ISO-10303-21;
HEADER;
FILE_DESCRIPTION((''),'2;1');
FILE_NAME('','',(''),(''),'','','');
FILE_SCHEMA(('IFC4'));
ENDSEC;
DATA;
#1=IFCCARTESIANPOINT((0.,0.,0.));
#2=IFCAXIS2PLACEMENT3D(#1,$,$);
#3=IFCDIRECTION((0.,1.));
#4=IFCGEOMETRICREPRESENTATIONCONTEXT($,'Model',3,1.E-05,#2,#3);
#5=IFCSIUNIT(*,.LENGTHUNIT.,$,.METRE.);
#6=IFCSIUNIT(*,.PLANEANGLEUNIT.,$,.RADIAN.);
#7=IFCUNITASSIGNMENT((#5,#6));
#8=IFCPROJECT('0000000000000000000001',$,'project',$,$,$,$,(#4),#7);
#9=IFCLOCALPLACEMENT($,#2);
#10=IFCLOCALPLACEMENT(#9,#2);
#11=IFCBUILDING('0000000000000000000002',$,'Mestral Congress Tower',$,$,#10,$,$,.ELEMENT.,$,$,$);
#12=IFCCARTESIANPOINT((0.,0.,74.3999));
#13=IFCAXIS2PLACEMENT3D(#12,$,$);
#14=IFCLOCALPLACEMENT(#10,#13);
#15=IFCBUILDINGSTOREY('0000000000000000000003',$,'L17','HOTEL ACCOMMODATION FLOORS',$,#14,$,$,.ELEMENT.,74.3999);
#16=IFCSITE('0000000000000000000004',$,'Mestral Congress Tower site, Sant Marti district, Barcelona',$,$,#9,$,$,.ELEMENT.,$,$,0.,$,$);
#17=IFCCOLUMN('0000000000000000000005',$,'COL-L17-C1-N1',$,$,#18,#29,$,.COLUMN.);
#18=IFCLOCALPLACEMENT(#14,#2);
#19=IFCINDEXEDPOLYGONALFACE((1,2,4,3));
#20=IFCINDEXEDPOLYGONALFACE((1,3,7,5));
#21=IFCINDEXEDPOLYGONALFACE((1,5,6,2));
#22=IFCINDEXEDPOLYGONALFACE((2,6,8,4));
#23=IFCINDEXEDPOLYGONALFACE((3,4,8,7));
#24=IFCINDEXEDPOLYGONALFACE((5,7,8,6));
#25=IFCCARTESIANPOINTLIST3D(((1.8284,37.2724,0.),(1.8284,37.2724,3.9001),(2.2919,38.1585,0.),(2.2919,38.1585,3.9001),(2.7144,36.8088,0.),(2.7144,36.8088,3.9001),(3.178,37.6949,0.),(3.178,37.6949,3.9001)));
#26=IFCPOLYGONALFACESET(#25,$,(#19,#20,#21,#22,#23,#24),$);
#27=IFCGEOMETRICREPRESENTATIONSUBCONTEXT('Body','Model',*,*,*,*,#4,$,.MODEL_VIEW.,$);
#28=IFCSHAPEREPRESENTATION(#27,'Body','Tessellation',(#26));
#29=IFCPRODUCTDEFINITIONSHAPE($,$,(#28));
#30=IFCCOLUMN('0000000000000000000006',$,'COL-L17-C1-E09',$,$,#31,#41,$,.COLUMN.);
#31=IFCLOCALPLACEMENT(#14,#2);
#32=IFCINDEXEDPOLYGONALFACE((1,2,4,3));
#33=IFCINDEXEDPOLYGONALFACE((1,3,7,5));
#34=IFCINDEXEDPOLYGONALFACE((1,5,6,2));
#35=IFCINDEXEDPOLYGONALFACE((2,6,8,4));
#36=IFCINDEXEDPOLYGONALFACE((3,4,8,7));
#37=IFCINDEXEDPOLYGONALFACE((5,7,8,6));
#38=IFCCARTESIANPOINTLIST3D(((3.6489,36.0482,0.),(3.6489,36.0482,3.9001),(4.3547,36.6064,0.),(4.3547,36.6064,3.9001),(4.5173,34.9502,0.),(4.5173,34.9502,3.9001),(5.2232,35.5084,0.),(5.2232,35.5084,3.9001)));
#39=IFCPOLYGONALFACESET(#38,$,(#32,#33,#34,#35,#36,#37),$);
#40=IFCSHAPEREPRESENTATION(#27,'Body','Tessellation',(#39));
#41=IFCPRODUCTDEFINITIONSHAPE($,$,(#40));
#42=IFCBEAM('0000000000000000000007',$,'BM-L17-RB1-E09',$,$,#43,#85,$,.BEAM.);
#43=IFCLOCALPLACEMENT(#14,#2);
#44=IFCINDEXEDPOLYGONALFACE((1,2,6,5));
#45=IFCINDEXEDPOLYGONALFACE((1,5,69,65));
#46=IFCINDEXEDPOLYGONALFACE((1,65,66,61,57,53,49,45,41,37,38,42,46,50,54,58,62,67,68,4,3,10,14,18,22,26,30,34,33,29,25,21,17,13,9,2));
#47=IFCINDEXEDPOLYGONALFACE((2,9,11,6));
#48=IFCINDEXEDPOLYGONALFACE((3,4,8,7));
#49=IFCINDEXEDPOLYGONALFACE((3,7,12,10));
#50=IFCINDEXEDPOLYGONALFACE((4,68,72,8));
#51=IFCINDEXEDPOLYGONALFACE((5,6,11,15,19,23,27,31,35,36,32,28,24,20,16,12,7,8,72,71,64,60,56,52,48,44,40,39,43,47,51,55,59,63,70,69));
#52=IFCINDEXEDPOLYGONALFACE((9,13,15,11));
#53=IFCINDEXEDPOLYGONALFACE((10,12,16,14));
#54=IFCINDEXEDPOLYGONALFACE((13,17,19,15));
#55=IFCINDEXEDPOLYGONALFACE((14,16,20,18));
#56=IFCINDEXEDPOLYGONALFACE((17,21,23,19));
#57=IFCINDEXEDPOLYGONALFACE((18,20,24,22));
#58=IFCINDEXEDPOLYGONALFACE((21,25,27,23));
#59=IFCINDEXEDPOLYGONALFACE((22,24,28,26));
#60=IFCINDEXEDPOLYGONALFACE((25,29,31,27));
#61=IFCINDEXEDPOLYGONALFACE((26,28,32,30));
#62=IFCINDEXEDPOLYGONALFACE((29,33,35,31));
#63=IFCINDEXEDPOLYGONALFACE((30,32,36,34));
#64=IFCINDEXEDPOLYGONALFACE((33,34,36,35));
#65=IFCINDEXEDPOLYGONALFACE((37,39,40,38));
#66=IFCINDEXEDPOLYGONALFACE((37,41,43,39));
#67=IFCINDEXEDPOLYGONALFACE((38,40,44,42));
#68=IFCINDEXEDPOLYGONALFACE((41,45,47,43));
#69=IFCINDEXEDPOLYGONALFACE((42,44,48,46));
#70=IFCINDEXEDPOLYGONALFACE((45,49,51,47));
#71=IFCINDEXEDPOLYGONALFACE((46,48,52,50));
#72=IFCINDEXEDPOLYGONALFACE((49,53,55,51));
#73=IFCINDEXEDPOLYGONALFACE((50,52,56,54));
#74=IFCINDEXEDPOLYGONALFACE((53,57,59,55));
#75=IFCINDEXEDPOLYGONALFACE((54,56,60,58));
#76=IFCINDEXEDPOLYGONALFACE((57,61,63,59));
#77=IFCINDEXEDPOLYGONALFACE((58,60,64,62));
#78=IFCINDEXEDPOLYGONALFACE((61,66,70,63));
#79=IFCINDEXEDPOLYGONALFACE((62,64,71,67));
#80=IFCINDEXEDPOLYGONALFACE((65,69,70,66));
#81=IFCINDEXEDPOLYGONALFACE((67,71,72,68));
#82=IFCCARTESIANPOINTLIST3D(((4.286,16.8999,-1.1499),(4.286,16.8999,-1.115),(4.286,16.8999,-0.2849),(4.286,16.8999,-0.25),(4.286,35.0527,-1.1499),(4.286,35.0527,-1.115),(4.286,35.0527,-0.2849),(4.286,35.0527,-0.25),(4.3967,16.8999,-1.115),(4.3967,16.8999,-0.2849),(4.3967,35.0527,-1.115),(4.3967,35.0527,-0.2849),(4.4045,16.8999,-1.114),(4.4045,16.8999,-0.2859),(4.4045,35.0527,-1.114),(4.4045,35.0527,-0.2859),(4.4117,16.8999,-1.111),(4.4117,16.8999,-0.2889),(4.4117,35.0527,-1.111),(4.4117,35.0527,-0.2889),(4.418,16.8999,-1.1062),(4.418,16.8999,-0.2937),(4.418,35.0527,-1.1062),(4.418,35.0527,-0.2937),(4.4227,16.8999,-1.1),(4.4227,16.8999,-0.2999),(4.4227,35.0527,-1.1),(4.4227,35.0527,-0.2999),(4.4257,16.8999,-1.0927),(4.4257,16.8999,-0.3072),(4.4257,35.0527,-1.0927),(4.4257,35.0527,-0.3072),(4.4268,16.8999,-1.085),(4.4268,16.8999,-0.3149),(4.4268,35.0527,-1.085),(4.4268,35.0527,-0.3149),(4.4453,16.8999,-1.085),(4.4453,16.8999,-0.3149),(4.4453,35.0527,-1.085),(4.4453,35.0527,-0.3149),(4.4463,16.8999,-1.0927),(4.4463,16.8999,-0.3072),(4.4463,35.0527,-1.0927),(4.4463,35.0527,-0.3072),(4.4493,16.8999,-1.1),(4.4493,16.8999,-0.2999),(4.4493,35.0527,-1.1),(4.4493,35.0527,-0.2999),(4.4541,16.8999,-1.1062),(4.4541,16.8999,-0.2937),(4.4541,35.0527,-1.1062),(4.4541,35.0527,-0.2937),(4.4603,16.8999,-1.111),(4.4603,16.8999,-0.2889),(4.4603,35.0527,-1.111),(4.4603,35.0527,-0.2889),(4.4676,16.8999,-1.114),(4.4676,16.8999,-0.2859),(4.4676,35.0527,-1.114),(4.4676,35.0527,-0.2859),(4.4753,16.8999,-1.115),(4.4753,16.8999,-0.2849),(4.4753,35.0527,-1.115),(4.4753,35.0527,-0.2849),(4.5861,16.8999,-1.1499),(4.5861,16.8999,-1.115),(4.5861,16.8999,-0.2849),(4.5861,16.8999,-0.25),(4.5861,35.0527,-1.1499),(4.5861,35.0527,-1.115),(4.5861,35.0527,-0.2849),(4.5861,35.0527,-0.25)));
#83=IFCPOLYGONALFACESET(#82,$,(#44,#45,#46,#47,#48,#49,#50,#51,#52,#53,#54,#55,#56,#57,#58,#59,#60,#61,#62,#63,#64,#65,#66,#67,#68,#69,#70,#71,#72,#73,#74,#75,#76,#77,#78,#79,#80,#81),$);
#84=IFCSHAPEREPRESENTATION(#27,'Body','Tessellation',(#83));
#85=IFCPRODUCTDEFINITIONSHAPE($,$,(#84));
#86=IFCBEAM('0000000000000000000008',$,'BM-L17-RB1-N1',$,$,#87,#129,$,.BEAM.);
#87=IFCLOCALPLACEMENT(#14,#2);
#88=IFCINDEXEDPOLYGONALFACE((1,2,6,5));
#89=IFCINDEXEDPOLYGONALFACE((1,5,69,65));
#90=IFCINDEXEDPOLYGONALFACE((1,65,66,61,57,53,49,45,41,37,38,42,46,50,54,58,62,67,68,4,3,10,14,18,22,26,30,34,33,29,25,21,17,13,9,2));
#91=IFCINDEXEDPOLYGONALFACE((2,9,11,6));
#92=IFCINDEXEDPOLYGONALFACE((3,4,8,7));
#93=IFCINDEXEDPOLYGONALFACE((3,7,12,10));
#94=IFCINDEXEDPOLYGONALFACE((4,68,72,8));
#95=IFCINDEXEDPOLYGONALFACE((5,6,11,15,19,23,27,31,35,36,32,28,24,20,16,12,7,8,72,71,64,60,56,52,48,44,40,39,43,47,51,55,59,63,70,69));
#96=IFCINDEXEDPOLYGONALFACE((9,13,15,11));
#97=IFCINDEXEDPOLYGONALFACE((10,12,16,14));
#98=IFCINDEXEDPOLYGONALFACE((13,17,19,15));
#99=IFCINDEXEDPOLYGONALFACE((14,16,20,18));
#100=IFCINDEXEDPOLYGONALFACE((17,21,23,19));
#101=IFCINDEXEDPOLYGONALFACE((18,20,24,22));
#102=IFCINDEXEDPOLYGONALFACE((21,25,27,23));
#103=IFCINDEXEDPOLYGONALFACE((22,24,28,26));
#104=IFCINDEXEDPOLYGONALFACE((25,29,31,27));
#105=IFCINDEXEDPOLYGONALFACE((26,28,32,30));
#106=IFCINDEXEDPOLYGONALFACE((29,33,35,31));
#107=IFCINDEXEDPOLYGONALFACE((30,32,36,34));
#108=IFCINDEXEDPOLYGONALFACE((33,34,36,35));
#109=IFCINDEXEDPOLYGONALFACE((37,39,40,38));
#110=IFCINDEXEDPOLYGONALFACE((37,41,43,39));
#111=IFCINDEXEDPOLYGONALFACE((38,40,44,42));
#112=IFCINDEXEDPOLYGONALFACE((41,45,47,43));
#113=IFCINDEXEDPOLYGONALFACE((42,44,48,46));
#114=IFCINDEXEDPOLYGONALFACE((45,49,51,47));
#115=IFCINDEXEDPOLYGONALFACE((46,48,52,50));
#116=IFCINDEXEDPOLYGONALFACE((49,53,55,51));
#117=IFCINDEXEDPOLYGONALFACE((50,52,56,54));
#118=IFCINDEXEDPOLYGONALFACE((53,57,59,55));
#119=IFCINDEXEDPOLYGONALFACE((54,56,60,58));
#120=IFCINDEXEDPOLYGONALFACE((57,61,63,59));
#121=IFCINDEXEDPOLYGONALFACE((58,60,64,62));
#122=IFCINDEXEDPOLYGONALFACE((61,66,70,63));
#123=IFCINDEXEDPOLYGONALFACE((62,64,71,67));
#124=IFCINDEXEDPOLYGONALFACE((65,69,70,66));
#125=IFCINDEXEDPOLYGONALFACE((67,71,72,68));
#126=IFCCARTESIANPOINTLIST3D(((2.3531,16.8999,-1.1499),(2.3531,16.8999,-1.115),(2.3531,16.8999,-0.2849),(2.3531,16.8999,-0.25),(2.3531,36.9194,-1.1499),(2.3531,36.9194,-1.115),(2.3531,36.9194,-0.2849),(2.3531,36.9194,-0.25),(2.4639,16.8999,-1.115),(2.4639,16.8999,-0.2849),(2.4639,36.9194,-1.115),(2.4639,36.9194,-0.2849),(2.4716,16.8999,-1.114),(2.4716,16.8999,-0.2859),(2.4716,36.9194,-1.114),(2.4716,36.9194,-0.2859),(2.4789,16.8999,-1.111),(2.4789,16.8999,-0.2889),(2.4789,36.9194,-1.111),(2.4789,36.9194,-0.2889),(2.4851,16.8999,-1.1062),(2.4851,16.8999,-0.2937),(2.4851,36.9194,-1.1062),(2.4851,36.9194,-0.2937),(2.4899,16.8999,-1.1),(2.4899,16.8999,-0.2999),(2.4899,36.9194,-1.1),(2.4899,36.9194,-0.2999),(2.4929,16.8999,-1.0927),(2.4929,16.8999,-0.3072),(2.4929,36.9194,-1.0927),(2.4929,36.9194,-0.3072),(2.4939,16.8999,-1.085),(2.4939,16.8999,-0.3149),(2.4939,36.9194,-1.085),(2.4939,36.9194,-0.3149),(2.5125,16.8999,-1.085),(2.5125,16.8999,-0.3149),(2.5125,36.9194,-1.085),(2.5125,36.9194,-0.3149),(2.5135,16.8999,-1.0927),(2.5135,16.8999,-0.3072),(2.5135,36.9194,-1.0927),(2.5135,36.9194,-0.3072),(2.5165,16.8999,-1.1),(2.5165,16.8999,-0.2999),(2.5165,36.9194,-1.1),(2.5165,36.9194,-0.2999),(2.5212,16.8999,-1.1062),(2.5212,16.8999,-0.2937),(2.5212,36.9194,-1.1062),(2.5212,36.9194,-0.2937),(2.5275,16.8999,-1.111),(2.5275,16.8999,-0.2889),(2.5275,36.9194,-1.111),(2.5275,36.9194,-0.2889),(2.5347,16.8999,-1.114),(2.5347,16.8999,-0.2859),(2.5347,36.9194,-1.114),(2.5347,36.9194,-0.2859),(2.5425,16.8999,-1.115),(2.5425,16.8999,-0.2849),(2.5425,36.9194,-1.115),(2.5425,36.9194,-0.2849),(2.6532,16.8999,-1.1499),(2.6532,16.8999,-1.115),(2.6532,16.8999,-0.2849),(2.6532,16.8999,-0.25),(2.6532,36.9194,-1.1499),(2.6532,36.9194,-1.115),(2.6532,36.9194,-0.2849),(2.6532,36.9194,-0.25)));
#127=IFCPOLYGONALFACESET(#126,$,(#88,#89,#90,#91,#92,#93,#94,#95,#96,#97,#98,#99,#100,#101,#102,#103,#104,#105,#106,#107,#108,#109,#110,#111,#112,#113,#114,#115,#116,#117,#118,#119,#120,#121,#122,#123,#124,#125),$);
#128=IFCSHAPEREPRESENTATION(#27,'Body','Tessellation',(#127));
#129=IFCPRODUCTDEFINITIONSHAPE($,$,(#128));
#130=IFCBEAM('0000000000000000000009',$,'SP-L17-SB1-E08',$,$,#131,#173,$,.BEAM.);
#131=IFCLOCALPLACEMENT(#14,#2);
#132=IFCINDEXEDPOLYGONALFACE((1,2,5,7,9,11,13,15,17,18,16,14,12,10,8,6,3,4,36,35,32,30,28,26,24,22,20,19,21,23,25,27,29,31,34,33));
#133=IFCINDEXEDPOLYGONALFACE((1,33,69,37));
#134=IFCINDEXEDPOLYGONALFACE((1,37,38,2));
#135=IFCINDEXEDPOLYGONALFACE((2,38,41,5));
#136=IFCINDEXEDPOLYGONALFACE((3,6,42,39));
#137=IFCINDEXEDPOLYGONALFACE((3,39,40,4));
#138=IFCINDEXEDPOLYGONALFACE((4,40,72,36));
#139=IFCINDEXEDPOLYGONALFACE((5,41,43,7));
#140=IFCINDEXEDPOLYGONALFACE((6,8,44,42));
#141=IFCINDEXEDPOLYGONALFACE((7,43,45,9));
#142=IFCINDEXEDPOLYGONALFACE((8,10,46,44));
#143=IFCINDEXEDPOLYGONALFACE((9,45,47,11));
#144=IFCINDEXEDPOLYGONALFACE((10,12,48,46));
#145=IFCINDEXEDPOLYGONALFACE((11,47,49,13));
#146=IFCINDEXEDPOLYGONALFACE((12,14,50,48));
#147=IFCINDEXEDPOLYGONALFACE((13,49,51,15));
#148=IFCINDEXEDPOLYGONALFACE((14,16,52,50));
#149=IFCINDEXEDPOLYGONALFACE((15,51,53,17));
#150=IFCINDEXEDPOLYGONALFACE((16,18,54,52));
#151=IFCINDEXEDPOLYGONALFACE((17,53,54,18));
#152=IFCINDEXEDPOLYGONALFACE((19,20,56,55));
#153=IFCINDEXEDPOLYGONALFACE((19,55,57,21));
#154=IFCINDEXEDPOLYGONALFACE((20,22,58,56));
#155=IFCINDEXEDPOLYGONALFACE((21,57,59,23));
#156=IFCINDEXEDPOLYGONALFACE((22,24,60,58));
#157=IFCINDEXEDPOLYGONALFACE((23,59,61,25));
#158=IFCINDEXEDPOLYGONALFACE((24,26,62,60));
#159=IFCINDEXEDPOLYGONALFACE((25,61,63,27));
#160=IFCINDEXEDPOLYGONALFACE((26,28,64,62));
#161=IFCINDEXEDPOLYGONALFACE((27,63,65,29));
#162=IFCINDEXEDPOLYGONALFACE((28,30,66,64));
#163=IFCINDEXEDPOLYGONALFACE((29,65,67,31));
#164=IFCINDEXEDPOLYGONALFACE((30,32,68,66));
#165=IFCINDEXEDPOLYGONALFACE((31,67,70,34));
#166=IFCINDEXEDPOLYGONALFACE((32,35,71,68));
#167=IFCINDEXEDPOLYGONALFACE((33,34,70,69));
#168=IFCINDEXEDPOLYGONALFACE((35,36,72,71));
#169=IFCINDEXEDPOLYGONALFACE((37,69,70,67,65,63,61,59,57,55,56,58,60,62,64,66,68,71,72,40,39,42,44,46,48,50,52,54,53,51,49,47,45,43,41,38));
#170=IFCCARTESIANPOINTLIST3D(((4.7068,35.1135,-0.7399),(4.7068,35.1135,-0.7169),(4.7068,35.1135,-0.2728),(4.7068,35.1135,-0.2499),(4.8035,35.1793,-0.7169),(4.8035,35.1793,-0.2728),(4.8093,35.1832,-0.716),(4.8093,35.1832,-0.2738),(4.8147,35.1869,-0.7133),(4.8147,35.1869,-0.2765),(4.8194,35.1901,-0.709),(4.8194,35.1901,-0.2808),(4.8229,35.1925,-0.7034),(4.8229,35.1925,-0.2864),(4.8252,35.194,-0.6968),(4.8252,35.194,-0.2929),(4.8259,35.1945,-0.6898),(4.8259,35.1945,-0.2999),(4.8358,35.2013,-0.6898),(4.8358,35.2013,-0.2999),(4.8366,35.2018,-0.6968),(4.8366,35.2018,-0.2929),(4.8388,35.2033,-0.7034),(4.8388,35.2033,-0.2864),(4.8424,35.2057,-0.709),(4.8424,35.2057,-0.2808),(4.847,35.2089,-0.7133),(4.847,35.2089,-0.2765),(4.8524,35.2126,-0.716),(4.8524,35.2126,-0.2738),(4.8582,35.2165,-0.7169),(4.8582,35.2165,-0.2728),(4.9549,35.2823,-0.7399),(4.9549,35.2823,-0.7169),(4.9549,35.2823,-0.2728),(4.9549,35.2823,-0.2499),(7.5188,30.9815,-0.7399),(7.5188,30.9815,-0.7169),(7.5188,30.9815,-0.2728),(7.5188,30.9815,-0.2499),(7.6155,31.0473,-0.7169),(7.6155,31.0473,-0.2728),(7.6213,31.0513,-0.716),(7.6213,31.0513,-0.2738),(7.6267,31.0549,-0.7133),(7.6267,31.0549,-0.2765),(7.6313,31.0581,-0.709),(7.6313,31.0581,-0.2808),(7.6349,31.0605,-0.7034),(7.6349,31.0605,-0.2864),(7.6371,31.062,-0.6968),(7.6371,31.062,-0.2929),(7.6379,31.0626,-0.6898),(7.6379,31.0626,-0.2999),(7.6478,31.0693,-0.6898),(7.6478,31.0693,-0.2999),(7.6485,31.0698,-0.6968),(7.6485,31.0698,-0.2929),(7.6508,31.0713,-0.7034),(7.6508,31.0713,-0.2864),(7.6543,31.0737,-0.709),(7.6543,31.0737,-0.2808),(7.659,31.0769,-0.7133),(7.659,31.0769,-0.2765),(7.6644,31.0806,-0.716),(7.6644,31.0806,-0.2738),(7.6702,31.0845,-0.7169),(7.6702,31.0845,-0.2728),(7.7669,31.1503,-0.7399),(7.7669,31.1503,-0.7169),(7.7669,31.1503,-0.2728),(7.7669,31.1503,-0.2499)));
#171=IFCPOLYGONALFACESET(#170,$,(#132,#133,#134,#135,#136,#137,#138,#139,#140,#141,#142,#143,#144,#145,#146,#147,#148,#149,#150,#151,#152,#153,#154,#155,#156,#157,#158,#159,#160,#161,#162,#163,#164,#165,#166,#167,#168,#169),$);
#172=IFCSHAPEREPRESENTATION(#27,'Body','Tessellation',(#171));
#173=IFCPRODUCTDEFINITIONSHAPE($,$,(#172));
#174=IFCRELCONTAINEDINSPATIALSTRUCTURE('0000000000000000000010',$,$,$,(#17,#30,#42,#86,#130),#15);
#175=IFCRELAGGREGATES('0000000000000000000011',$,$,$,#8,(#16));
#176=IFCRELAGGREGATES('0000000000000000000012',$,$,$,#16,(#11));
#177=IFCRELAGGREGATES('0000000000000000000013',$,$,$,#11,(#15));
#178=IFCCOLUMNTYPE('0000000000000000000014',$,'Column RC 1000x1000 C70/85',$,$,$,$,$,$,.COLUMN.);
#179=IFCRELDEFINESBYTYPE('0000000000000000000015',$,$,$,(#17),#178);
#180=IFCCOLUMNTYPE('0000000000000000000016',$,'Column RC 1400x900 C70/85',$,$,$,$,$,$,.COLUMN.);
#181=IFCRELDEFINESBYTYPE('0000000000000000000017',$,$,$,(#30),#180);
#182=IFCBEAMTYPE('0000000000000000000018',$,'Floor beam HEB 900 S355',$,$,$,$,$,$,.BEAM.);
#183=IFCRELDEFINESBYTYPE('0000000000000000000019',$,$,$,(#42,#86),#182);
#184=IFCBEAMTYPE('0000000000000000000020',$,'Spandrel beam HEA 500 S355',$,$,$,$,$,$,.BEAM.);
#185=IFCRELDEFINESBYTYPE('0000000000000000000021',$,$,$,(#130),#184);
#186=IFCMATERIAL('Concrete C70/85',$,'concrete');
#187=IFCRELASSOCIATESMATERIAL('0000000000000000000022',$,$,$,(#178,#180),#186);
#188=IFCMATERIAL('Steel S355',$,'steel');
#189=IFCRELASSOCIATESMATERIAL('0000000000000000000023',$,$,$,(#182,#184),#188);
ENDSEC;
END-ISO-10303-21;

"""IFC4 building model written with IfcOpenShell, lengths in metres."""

from ifc_helpers import new_model, si_unit, direction, frame, origin, origin_2d, place, context, subcontext, project, spatial, rectangle, i_section, extrude, material, material_profile, profile_set, type_object, element, save


model = new_model("IFC4")

# Units and contexts
model_context = context("Model", 3, precision=1e-05, world=origin(), true_north=direction((0.0, 1.0)))
body_context = subcontext(model_context, "Body", "Model", "MODEL_VIEW")
ifc_project = project(units=[si_unit("LENGTHUNIT", "METRE"), si_unit("PLANEANGLEUNIT", "RADIAN")], contexts=[model_context])

# Site, building, storey
site_placement = place(None, origin())
site = spatial("IfcSite", under=ifc_project, at=site_placement, Name="Mestral Congress Tower site, Sant Marti district, Barcelona", CompositionType="ELEMENT", RefElevation=0.0)
building_placement = place(site_placement, origin())
building = spatial("IfcBuilding", under=site, at=building_placement, Name="Mestral Congress Tower", CompositionType="ELEMENT")
storey_placement = place(building_placement, frame((0.0, 0.0, 74.3999)))
storey = spatial("IfcBuildingStorey", under=building, at=storey_placement, Name="L17", Description="HOTEL ACCOMMODATION FLOORS", CompositionType="ELEMENT", Elevation=74.3999)

# Columns
ifc_material_1 = material(Name="Concrete C70/85", Category="concrete")
ifc_material_profile_1 = material_profile(ifc_material_1, rectangle(XDim=1.0, YDim=1.0, at=origin_2d()), Name="RC 1000x1000")
ifc_profile_set_1 = profile_set([ifc_material_profile_1], Name="Concrete C70/85")
column_type_1 = type_object("IfcColumnType", Name="Column RC 1000x1000 C70/85", PredefinedType="COLUMN", material=ifc_profile_set_1)
column_1_placement = place(storey_placement, frame((2.5032, 37.4836, 0.0), z_axis=(0.0, 0.0, 1.0), x_axis=(-0.886068, 0.463556, 0.0)))
element("IfcColumn", 1, at=column_1_placement, inside=storey, type_object=column_type_1, Name="COL-L17-C1-N1", PredefinedType="COLUMN", context=body_context, shape_type="SweptSolid", body=[
    extrude(rectangle(XDim=1.0, YDim=1.0, at=origin_2d()), origin(), (0.0, 0.0, 1.0), 3.9001),
])
ifc_material_profile_2 = material_profile(ifc_material_1, rectangle(XDim=1.3999, YDim=0.8999, at=origin_2d()), Name="RC 1400x900")
ifc_profile_set_2 = profile_set([ifc_material_profile_2], Name="Concrete C70/85")
column_type_2 = type_object("IfcColumnType", Name="Column RC 1400x900 C70/85", PredefinedType="COLUMN", material=ifc_profile_set_2)
column_2_placement = place(storey_placement, frame((4.436, 35.7783, 0.0), z_axis=(0.0, 0.0, 1.0), x_axis=(-0.620334, 0.784338, 0.0)))
element("IfcColumn", 2, at=column_2_placement, inside=storey, type_object=column_type_2, Name="COL-L17-C1-E09", PredefinedType="COLUMN", context=body_context, shape_type="SweptSolid", body=[
    extrude(rectangle(XDim=1.3999, YDim=0.8999, at=origin_2d()), origin(), (0.0, 0.0, 1.0), 3.9001),
])

# Beams
ifc_material_2 = material(Name="Steel S355", Category="steel")
ifc_material_profile_3 = material_profile(ifc_material_2, i_section(OverallWidth=0.3, OverallDepth=0.8999, WebThickness=0.0186, FlangeThickness=0.0349, FilletRadius=0.03, at=origin_2d()), Name="HEB 900")
ifc_profile_set_3 = profile_set([ifc_material_profile_3], Name="Steel S355")
beam_type_1 = type_object("IfcBeamType", Name="Floor beam HEB 900 S355", PredefinedType="BEAM", material=ifc_profile_set_3)
beam_1_placement = place(storey_placement, frame((4.436, 35.0527, -0.7), z_axis=(0.0, -1.0, 0.0), x_axis=(1.0, 0.0, 0.0)))
element("IfcBeam", 3, at=beam_1_placement, inside=storey, type_object=beam_type_1, Name="BM-L17-RB1-E09", PredefinedType="BEAM", context=body_context, shape_type="SweptSolid", body=[
    extrude(i_section(OverallWidth=0.3, OverallDepth=0.8999, WebThickness=0.0186, FlangeThickness=0.0349, FilletRadius=0.03, at=origin_2d()), origin(), (0.0, 0.0, 1.0), 18.1528),
])
beam_2_placement = place(storey_placement, frame((2.5032, 36.9194, -0.7), z_axis=(0.0, -1.0, 0.0), x_axis=(1.0, 0.0, 0.0)))
element("IfcBeam", 4, at=beam_2_placement, inside=storey, type_object=beam_type_1, Name="BM-L17-RB1-N1", PredefinedType="BEAM", context=body_context, shape_type="SweptSolid", body=[
    extrude(i_section(OverallWidth=0.3, OverallDepth=0.8999, WebThickness=0.0186, FlangeThickness=0.0349, FilletRadius=0.03, at=origin_2d()), origin(), (0.0, 0.0, 1.0), 20.0195),
])
ifc_material_profile_4 = material_profile(ifc_material_2, i_section(OverallWidth=0.3, OverallDepth=0.49, WebThickness=0.012, FlangeThickness=0.0229, FilletRadius=0.0271, at=origin_2d()), Name="HEA 500")
ifc_profile_set_4 = profile_set([ifc_material_profile_4], Name="Steel S355")
beam_type_2 = type_object("IfcBeamType", Name="Spandrel beam HEA 500 S355", PredefinedType="BEAM", material=ifc_profile_set_4)
beam_3_placement = place(storey_placement, frame((7.6428, 31.0659, -0.4949), z_axis=(-0.562611, 0.826722, 0.0), x_axis=(-0.826722, -0.562611, 0.0)))
element("IfcBeam", 5, at=beam_3_placement, inside=storey, type_object=beam_type_2, Name="SP-L17-SB1-E08", PredefinedType="BEAM", context=body_context, shape_type="SweptSolid", body=[
    extrude(i_section(OverallWidth=0.3, OverallDepth=0.49, WebThickness=0.012, FlangeThickness=0.0229, FilletRadius=0.0271, at=origin_2d()), origin(), (0.0, 0.0, 1.0), 4.998),
])

save(model, "model.ifc")
